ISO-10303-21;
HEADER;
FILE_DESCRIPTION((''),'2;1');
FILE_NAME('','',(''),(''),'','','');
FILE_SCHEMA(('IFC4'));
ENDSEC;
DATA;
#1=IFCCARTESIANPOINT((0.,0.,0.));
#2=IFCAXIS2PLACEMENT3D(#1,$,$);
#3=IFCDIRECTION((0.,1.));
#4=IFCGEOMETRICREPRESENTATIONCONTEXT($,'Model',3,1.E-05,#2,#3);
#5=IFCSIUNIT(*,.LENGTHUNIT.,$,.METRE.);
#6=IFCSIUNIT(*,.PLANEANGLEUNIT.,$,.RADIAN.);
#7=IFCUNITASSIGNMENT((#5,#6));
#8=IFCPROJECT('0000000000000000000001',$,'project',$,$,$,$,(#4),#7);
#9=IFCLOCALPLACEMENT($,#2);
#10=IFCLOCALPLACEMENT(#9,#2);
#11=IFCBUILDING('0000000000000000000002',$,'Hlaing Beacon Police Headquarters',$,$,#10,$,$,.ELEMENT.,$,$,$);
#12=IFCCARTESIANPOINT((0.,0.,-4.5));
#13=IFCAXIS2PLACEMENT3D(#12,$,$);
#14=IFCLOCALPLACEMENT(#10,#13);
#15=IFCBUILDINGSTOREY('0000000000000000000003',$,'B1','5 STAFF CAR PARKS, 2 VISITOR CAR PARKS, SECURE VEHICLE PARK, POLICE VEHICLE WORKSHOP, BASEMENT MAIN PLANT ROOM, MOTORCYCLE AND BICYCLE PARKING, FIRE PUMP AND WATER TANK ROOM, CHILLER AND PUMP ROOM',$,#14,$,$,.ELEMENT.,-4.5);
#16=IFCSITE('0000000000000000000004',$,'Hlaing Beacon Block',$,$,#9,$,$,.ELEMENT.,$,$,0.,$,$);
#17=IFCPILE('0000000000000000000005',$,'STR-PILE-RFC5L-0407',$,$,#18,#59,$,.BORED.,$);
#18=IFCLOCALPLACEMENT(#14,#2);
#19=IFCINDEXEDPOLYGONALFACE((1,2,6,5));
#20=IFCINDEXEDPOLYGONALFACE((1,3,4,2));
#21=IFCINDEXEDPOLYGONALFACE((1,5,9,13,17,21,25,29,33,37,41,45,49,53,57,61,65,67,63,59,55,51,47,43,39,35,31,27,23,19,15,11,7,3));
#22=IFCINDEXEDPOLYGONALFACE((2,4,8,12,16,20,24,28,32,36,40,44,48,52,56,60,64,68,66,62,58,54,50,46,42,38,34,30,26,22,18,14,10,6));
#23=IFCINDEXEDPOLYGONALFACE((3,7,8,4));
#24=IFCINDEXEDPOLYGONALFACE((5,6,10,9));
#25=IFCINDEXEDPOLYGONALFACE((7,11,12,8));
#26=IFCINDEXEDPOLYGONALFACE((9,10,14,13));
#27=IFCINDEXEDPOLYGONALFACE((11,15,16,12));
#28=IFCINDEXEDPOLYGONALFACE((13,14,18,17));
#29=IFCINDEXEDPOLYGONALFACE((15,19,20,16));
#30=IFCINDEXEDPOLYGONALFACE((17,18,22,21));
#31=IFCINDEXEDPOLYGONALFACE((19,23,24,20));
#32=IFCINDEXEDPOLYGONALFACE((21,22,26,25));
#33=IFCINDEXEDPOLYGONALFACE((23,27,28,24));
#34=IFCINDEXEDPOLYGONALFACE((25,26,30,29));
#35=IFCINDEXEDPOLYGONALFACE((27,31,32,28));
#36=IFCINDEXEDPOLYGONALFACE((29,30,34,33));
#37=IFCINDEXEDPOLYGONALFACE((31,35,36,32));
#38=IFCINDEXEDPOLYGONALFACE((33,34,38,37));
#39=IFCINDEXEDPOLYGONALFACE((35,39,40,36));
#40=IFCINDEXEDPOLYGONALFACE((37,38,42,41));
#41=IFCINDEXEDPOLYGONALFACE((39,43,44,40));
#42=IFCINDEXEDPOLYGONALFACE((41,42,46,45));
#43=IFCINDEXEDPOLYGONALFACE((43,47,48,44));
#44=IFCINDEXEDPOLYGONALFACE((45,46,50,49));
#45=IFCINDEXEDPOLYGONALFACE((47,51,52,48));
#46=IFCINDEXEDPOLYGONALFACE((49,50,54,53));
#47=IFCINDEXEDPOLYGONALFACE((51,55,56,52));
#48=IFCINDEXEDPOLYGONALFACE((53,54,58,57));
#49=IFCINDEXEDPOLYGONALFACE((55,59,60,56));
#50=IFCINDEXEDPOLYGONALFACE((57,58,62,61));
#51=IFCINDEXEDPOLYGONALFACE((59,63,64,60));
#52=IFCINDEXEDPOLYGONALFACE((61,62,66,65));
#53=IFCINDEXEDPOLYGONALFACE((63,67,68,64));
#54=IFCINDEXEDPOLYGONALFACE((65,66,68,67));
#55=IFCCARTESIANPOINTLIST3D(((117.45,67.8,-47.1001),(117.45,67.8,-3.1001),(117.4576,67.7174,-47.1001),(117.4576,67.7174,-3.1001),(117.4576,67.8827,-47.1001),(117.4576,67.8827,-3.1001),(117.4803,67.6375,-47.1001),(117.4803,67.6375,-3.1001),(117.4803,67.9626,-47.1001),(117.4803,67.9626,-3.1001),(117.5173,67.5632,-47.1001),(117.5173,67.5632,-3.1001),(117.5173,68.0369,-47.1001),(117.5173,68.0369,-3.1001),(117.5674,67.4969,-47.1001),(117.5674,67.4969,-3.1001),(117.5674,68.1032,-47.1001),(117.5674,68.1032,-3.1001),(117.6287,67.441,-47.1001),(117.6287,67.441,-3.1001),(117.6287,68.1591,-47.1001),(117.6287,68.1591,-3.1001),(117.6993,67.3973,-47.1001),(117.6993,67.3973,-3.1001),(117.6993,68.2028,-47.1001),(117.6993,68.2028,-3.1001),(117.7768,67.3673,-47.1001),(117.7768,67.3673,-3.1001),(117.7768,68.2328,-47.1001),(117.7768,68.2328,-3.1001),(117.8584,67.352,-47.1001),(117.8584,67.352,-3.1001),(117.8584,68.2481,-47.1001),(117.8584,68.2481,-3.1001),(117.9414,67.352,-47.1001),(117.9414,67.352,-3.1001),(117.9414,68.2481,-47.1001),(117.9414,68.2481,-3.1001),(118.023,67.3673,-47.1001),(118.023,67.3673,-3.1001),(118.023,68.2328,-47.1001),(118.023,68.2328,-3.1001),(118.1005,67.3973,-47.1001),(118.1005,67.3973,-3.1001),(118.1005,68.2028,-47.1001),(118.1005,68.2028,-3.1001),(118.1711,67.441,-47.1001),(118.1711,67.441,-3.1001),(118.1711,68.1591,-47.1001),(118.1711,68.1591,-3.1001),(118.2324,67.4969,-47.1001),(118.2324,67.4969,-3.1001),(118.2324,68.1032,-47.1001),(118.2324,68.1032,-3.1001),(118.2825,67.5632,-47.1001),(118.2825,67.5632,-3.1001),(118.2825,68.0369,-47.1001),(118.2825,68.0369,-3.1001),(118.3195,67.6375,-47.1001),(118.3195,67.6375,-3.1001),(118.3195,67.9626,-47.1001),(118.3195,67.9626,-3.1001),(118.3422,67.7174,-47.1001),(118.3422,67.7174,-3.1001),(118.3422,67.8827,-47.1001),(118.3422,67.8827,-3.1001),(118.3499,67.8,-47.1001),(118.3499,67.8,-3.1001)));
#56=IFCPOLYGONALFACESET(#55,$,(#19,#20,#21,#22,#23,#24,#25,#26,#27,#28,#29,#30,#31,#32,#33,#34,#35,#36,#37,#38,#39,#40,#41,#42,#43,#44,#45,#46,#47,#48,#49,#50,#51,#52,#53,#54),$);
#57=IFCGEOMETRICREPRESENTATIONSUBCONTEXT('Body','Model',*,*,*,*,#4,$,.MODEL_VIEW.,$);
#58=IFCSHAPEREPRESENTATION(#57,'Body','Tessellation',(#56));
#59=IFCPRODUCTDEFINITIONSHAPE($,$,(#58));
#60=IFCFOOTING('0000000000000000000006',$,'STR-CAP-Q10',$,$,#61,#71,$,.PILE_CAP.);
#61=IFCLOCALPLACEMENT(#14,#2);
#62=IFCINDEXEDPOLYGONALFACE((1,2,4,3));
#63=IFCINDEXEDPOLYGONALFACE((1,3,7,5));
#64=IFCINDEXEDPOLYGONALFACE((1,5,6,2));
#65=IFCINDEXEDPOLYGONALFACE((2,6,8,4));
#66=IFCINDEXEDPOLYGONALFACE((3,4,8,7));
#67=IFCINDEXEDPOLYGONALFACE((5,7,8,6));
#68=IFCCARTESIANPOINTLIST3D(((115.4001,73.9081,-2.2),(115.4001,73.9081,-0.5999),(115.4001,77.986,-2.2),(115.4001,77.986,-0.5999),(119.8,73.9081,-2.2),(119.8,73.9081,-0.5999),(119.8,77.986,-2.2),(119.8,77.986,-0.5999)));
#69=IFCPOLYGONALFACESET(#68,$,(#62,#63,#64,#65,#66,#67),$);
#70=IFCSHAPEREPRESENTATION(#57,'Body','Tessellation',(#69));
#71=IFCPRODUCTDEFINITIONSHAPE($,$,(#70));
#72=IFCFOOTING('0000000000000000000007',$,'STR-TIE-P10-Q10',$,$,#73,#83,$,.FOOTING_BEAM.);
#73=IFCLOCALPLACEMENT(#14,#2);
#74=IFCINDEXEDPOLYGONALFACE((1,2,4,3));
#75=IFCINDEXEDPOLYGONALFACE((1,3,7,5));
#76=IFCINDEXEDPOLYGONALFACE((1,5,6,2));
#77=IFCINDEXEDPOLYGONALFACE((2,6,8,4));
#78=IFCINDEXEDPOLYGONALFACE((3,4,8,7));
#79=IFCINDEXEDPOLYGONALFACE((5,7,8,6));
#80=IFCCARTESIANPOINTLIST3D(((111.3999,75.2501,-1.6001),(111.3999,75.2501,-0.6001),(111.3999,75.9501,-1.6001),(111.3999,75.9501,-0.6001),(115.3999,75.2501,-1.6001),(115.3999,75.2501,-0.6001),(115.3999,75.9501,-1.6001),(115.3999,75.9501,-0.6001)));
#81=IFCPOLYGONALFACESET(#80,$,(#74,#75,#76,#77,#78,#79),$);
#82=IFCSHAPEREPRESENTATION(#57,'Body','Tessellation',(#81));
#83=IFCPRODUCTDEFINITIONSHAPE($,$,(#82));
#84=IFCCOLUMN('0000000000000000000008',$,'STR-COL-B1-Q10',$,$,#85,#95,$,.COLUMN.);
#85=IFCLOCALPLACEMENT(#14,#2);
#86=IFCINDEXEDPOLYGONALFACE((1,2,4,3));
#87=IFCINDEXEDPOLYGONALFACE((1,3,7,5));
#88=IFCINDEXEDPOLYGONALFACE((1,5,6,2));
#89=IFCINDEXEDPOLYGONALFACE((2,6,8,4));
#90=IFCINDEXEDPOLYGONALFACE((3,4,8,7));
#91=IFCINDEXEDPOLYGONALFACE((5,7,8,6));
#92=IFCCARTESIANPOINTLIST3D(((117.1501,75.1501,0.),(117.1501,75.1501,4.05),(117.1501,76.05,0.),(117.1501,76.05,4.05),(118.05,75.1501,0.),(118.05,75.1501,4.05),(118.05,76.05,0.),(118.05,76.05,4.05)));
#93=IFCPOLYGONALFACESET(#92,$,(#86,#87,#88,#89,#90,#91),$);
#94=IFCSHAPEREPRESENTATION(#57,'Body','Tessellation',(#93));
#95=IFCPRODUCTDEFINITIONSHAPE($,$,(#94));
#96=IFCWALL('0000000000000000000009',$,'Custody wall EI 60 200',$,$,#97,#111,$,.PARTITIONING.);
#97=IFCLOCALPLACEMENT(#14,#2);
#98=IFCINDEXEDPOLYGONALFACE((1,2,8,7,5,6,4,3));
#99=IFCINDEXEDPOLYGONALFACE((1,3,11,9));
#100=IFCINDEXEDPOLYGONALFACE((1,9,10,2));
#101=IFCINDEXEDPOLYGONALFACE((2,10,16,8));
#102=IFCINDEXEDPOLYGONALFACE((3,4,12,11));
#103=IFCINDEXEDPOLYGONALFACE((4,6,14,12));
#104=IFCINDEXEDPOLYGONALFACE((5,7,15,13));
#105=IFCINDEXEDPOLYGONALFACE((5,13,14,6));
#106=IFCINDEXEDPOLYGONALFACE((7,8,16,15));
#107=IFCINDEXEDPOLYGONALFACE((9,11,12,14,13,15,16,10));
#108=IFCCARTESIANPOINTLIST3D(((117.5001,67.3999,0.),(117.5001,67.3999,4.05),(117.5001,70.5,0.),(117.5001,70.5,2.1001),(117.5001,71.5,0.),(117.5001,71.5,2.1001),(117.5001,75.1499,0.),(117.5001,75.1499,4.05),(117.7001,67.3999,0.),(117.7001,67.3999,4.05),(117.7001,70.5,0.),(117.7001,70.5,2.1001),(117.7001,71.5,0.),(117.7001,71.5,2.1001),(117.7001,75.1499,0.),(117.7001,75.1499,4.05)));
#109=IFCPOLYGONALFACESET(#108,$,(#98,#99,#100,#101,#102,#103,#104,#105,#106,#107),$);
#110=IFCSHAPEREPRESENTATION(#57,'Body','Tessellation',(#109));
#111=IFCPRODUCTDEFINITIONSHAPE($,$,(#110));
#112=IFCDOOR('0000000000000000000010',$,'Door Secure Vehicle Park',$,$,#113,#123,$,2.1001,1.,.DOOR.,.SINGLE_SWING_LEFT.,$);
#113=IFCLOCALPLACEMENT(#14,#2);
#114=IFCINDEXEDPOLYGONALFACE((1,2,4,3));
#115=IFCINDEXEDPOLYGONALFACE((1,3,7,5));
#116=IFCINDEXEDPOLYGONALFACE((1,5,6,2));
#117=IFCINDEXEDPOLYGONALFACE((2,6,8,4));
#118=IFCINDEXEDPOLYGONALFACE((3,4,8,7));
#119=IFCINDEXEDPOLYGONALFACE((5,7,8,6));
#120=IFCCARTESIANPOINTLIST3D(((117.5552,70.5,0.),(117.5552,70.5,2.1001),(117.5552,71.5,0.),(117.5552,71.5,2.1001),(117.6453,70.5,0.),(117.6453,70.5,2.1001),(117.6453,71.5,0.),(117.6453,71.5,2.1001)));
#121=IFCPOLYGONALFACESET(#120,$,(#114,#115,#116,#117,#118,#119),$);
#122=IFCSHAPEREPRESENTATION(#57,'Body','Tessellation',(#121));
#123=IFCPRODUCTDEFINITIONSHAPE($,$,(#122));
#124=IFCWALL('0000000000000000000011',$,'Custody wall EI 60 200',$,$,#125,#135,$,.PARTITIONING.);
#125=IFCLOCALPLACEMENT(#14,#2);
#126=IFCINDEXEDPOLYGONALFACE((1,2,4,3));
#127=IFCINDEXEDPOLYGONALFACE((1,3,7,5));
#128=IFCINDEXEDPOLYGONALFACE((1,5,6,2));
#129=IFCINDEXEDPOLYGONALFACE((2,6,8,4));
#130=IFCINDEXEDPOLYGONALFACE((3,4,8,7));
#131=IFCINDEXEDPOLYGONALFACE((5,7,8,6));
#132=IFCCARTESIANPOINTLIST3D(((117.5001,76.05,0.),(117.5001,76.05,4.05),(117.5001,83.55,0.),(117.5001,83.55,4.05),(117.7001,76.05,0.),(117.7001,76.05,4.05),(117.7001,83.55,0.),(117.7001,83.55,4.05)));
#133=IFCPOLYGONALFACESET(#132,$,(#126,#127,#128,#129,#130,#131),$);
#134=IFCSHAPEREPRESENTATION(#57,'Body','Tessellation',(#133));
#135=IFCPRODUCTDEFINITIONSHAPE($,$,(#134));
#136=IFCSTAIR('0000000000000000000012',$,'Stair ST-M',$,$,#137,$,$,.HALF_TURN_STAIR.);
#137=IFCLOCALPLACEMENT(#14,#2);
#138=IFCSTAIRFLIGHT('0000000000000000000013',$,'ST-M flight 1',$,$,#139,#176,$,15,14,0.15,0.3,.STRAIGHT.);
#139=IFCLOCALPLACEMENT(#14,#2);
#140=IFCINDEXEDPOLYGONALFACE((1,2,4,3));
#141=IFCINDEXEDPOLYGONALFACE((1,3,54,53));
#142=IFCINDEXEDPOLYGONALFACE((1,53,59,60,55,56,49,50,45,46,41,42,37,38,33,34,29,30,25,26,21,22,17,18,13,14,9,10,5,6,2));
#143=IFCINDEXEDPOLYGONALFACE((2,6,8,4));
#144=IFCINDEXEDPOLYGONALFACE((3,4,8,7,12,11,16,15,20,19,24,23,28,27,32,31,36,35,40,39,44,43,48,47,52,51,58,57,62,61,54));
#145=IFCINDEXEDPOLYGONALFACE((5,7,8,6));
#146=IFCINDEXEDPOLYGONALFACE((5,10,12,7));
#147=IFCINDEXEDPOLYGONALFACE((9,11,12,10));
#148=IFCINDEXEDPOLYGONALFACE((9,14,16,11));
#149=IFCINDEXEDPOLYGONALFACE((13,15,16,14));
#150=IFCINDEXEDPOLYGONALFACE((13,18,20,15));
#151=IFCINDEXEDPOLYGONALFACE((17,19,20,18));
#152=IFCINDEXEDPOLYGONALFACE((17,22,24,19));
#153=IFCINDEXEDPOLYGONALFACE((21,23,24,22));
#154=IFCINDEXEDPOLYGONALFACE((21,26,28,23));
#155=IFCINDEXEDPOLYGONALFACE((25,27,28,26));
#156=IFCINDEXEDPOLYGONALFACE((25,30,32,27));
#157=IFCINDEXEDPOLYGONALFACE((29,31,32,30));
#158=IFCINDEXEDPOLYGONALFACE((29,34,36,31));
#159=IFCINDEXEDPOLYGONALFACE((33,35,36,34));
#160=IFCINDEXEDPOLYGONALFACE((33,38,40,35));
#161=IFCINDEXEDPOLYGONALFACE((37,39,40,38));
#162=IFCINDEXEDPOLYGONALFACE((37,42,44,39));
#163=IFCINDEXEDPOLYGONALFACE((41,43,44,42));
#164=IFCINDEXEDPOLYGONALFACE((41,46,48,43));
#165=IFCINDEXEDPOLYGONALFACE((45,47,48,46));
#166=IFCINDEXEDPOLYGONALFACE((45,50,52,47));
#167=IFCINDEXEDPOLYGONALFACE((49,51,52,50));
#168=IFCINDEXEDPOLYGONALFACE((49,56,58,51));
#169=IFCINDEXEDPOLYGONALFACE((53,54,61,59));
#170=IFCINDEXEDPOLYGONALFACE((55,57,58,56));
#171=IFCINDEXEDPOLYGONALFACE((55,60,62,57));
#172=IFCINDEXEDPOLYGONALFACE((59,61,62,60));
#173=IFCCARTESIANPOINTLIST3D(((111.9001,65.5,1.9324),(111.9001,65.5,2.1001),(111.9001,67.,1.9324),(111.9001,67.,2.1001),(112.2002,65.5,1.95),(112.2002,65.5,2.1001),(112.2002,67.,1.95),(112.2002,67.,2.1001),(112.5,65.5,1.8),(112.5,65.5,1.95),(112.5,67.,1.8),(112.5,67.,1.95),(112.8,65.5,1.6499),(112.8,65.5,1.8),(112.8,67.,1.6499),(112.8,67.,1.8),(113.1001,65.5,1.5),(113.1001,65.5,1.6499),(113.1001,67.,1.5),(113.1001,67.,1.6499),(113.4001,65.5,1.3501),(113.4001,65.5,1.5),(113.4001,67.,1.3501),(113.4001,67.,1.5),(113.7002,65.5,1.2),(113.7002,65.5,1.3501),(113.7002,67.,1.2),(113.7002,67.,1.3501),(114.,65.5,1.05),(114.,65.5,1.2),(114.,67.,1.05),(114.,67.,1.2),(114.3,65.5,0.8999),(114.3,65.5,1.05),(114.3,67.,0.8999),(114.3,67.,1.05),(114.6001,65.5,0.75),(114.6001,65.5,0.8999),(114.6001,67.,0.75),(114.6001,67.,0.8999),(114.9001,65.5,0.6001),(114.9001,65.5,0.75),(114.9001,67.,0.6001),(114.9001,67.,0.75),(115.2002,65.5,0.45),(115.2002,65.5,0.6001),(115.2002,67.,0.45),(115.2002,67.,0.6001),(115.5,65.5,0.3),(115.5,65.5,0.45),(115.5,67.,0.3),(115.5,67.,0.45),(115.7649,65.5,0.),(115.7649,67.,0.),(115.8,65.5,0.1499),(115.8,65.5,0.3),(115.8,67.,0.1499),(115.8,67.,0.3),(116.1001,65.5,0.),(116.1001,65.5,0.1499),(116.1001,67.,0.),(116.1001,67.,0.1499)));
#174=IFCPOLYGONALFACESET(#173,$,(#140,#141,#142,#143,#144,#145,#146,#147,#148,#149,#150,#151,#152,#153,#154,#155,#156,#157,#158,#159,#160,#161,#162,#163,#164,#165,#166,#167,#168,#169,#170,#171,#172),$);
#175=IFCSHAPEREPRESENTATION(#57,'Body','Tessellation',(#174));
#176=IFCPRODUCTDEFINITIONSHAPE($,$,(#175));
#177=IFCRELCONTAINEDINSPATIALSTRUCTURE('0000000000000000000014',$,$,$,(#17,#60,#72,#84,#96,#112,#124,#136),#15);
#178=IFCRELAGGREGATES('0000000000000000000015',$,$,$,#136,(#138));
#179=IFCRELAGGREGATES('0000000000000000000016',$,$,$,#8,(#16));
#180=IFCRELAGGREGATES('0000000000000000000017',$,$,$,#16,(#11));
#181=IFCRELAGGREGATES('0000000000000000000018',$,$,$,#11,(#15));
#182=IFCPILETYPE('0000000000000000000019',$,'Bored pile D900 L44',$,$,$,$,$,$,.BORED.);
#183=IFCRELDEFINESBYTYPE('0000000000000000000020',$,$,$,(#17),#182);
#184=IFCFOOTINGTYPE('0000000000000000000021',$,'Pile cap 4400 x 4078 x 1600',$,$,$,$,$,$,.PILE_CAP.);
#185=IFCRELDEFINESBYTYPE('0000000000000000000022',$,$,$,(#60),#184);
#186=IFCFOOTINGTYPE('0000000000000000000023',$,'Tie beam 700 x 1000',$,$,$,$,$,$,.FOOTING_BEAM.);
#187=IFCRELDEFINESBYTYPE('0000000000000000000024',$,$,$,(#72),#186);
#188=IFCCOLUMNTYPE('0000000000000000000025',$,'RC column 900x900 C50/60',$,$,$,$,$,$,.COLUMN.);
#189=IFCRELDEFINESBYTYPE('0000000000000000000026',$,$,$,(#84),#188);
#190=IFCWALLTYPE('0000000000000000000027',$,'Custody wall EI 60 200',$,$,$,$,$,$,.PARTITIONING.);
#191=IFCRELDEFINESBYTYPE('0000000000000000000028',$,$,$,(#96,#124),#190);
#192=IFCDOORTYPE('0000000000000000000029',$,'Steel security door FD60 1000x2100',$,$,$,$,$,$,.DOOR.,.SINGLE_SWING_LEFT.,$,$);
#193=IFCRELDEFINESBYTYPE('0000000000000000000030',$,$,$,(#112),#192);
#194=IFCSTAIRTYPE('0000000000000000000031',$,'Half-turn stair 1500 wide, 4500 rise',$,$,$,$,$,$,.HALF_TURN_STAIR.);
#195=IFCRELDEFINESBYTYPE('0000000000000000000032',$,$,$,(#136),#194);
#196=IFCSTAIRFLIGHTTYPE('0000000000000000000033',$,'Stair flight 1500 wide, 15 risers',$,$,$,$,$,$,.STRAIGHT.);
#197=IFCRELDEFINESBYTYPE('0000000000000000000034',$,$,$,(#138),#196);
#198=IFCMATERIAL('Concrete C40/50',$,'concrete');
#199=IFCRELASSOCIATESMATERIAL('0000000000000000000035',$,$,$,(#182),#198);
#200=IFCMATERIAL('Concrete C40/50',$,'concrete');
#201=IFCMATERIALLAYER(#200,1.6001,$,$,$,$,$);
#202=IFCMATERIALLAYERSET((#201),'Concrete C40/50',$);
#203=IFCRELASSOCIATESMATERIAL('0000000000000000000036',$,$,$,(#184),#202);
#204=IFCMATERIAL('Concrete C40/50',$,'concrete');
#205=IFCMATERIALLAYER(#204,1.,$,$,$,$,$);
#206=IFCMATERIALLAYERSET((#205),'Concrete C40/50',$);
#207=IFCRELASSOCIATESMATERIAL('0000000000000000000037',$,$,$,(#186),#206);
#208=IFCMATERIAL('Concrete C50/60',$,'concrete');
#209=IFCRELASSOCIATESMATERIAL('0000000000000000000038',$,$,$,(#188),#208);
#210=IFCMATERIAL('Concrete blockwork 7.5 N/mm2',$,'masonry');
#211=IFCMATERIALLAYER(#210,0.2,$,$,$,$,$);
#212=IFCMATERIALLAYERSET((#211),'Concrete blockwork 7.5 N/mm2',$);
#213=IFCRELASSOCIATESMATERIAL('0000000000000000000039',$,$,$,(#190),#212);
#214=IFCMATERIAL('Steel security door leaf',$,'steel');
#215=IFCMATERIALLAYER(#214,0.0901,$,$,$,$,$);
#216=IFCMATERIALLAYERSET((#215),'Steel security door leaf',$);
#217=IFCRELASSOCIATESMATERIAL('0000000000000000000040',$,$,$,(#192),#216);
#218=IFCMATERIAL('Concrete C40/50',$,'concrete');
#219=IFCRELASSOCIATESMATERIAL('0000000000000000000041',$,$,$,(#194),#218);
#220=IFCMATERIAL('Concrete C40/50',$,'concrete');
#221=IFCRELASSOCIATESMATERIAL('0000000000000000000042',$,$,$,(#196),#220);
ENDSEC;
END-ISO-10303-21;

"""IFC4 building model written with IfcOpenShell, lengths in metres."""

from ifc_helpers import new_model, si_unit, direction, frame, frame_2d, origin, origin_2d, place, context, subcontext, project, spatial, polyline, rectangle, circle, outline, extrude, material, layer, layer_set, material_profile, profile_set, type_object, element, fill, aggregate, save


model = new_model("IFC4")

# Units and contexts
model_context = context("Model", 3, precision=1e-05, world=origin(), true_north=direction((0.0, 1.0)))
body_context = subcontext(model_context, "Body", "Model", "MODEL_VIEW")
ifc_project = project(units=[si_unit("LENGTHUNIT", "METRE"), si_unit("PLANEANGLEUNIT", "RADIAN")], contexts=[model_context])

# Site, building, storey
site_placement = place(None, origin())
site = spatial("IfcSite", under=ifc_project, at=site_placement, Name="Hlaing Beacon Block", CompositionType="ELEMENT", RefElevation=0.0)
building_placement = place(site_placement, origin())
building = spatial("IfcBuilding", under=site, at=building_placement, Name="Hlaing Beacon Police Headquarters", CompositionType="ELEMENT")
storey_placement = place(building_placement, frame((0.0, 0.0, -4.5)))
storey = spatial("IfcBuildingStorey", under=building, at=storey_placement, Name="B1", Description="5 STAFF CAR PARKS, 2 VISITOR CAR PARKS, SECURE VEHICLE PARK, POLICE VEHICLE WORKSHOP, BASEMENT MAIN PLANT ROOM, MOTORCYCLE AND BICYCLE PARKING, FIRE PUMP AND WATER TANK ROOM, CHILLER AND PUMP ROOM", CompositionType="ELEMENT", Elevation=-4.5)

# Pile
ifc_material_1 = material(Name="Concrete C40/50", Category="concrete")
ifc_material_profile_1 = material_profile(ifc_material_1, circle(Radius=0.45, at=origin_2d()), Name="D900")
ifc_profile_set_1 = profile_set([ifc_material_profile_1], Name="Concrete C40/50")
pile_type_1 = type_object("IfcPileType", Name="Bored pile D900 L44", PredefinedType="BORED", material=ifc_profile_set_1)
for number, where, z_axis, x_axis, name in (
    (1, (117.8999, 67.8, -3.1001), (0.0, 0.0, -1.0), (1.0, 0.0, 0.0), "STR-PILE-RFC5L-0407"),
):
    element("IfcPile", number, at=place(storey_placement, frame(where, z_axis=z_axis, x_axis=x_axis)), inside=storey, type_object=pile_type_1, Name=name, PredefinedType="BORED", context=body_context, shape_type="SweptSolid", body=[
        extrude(circle(Radius=0.45, at=origin_2d()), origin(), (0.0, 0.0, 1.0), 44.0),
    ])

# Footings
ifc_material_2 = material(Name="Concrete C40/50", Category="concrete")
ifc_layer_1 = layer(ifc_material_2, 1.6001)
ifc_layer_set_1 = layer_set([ifc_layer_1], Name="Concrete C40/50")
footing_type_1 = type_object("IfcFootingType", Name="Pile cap 4400 x 4078 x 1600", PredefinedType="PILE_CAP", material=ifc_layer_set_1)
footing_1_placement = place(storey_placement, frame((117.6001, 75.947, -2.2), z_axis=(0.0, 0.0, 1.0), x_axis=(1.0, 0.0, 0.0)))
element("IfcFooting", 2, at=footing_1_placement, inside=storey, type_object=footing_type_1, Name="STR-CAP-Q10", PredefinedType="PILE_CAP", context=body_context, shape_type="SweptSolid", body=[
    extrude(rectangle(XDim=4.3999, YDim=4.0779, at=origin_2d()), origin(), (0.0, 0.0, 1.0), 1.6001),
])
ifc_material_3 = material(Name="Concrete C40/50", Category="concrete")
ifc_layer_2 = layer(ifc_material_3, 1.0)
ifc_layer_set_2 = layer_set([ifc_layer_2], Name="Concrete C40/50")
footing_type_2 = type_object("IfcFootingType", Name="Tie beam 700 x 1000", PredefinedType="FOOTING_BEAM", material=ifc_layer_set_2)
footing_2_placement = place(storey_placement, frame((113.3999, 75.6001, -1.6001), z_axis=(0.0, 0.0, 1.0), x_axis=(1.0, 0.0, 0.0)))
element("IfcFooting", 3, at=footing_2_placement, inside=storey, type_object=footing_type_2, Name="STR-TIE-P10-Q10", PredefinedType="FOOTING_BEAM", context=body_context, shape_type="SweptSolid", body=[
    extrude(rectangle(XDim=4.0, YDim=0.7, at=origin_2d()), origin(), (0.0, 0.0, 1.0), 1.0),
])

# Column
ifc_material_4 = material(Name="Concrete C50/60", Category="concrete")
ifc_material_profile_2 = material_profile(ifc_material_4, rectangle(XDim=0.8999, YDim=0.8999, at=origin_2d()), Name="900x900")
ifc_profile_set_2 = profile_set([ifc_material_profile_2], Name="Concrete C50/60")
column_type = type_object("IfcColumnType", Name="RC column 900x900 C50/60", PredefinedType="COLUMN", material=ifc_profile_set_2)
column_placement = place(storey_placement, frame((117.6001, 75.6001, 0.0), z_axis=(0.0, 0.0, 1.0), x_axis=(1.0, 0.0, 0.0)))
element("IfcColumn", 4, at=column_placement, inside=storey, type_object=column_type, Name="STR-COL-B1-Q10", PredefinedType="COLUMN", context=body_context, shape_type="SweptSolid", body=[
    extrude(rectangle(XDim=0.8999, YDim=0.8999, at=origin_2d()), origin(), (0.0, 0.0, 1.0), 4.05),
])

# Wall, opening, door
ifc_material_5 = material(Name="Concrete blockwork 7.5 N/mm2", Category="masonry")
ifc_layer_3 = layer(ifc_material_5, 0.2)
ifc_layer_set_3 = layer_set([ifc_layer_3], Name="Concrete blockwork 7.5 N/mm2")
wall_type = type_object("IfcWallType", Name="Custody wall EI 60 200", PredefinedType="PARTITIONING", material=ifc_layer_set_3)
wall_1_placement = place(storey_placement, frame((117.6001, 67.3999, 0.0), z_axis=(0.0, 0.0, 1.0), x_axis=(0.0, 1.0, 0.0)))
wall_1 = element("IfcWall", 5, at=wall_1_placement, inside=storey, type_object=wall_type, Name="Custody wall EI 60 200", PredefinedType="PARTITIONING", context=body_context, shape_type="SweptSolid", body=[
    extrude(rectangle(XDim=7.75, YDim=0.2, at=frame_2d((3.875, 0.0))), origin(), (0.0, 0.0, 1.0), 4.05),
])
opening_placement = place(wall_1_placement, frame((3.1001, 0.0, 0.0)))
opening = element("IfcOpeningElement", 6, at=opening_placement, cuts=wall_1, PredefinedType="OPENING", context=body_context, shape_type="SweptSolid", body=[
    extrude(rectangle(XDim=1.0, YDim=2.1001, at=frame_2d((0.5, 1.05))), frame((0.0, 0.1099, 0.0), z_axis=(0.0, -1.0, 0.0), x_axis=(1.0, 0.0, 0.0)), (0.0, 0.0, 1.0), 0.22),
])
ifc_material_6 = material(Name="Steel security door leaf", Category="steel")
ifc_layer_4 = layer(ifc_material_6, 0.0901)
ifc_layer_set_4 = layer_set([ifc_layer_4], Name="Steel security door leaf")
door_type = type_object("IfcDoorType", Name="Steel security door FD60 1000x2100", OperationType="SINGLE_SWING_LEFT", PredefinedType="DOOR", material=ifc_layer_set_4)
door_placement = place(opening_placement, origin())
door = element("IfcDoor", 7, at=door_placement, inside=storey, type_object=door_type, Name="Door Secure Vehicle Park", OperationType="SINGLE_SWING_LEFT", OverallHeight=2.1001, OverallWidth=1.0, PredefinedType="DOOR", context=body_context, shape_type="SweptSolid", body=[
    extrude(rectangle(XDim=1.0, YDim=2.1001, at=frame_2d((0.5, 1.05))), frame((0.0, 0.0449, 0.0), z_axis=(0.0, -1.0, 0.0), x_axis=(1.0, 0.0, 0.0)), (0.0, 0.0, 1.0), 0.0901),
])
fill(opening, door)

# Wall
wall_2_placement = place(storey_placement, frame((117.6001, 76.05, 0.0), z_axis=(0.0, 0.0, 1.0), x_axis=(0.0, 1.0, 0.0)))
element("IfcWall", 8, at=wall_2_placement, inside=storey, type_object=wall_type, Name="Custody wall EI 60 200", PredefinedType="PARTITIONING", context=body_context, shape_type="SweptSolid", body=[
    extrude(rectangle(XDim=7.5, YDim=0.2, at=frame_2d((3.75, 0.0))), origin(), (0.0, 0.0, 1.0), 4.05),
])

# Stair, stair flight
ifc_material_7 = material(Name="Concrete C40/50", Category="concrete")
stair_type = type_object("IfcStairType", Name="Half-turn stair 1500 wide, 4500 rise", PredefinedType="HALF_TURN_STAIR", material=ifc_material_7)
stair_placement = place(storey_placement, origin())
stair = element("IfcStair", 9, at=stair_placement, inside=storey, type_object=stair_type, Name="Stair ST-M", PredefinedType="HALF_TURN_STAIR")
ifc_material_8 = material(Name="Concrete C40/50", Category="concrete")
stair_flight_type = type_object("IfcStairFlightType", Name="Stair flight 1500 wide, 15 risers", PredefinedType="STRAIGHT", material=ifc_material_8)
stair_flight_1_placement = place(storey_placement, frame((116.1001, 66.25, 0.0), z_axis=(0.0, 0.0, 1.0), x_axis=(-1.0, 0.0, 0.0)))
stair_flight_1 = element("IfcStairFlight", 10, at=stair_flight_1_placement, type_object=stair_flight_type, Name="ST-M flight 1", NumberOfRisers=15, NumberOfTreads=14, PredefinedType="STRAIGHT", RiserHeight=0.15, TreadLength=0.3, context=body_context, shape_type="SweptSolid", body=[
    extrude(outline(polyline([(0.0, 0.0), (0.0, 0.1499), (0.3, 0.1499), (0.3, 0.3), (0.6001, 0.3), (0.6001, 0.45), (0.8999, 0.45), (0.8999, 0.6001), (1.2, 0.6001), (1.2, 0.75), (1.5, 0.75), (1.5, 0.8999), (1.8, 0.8999), (1.8, 1.05), (2.1001, 1.05), (2.1001, 1.2), (2.3999, 1.2), (2.3999, 1.3501), (2.7, 1.3501), (2.7, 1.5), (3.0, 1.5), (3.0, 1.6499), (3.3, 1.6499), (3.3, 1.8), (3.6001, 1.8), (3.6001, 1.95), (3.8999, 1.95), (3.8999, 2.1001), (4.2, 2.1001), (4.2, 2.25), (4.2, 1.9324), (0.3352, 0.0), (0.0, 0.0)])), frame((0.0, 0.75, 0.0), z_axis=(0.0, -1.0, 0.0), x_axis=(1.0, 0.0, 0.0)), (0.0, 0.0, 1.0), 1.5),
])
aggregate(stair, [stair_flight_1])

save(model, "model.ifc")
